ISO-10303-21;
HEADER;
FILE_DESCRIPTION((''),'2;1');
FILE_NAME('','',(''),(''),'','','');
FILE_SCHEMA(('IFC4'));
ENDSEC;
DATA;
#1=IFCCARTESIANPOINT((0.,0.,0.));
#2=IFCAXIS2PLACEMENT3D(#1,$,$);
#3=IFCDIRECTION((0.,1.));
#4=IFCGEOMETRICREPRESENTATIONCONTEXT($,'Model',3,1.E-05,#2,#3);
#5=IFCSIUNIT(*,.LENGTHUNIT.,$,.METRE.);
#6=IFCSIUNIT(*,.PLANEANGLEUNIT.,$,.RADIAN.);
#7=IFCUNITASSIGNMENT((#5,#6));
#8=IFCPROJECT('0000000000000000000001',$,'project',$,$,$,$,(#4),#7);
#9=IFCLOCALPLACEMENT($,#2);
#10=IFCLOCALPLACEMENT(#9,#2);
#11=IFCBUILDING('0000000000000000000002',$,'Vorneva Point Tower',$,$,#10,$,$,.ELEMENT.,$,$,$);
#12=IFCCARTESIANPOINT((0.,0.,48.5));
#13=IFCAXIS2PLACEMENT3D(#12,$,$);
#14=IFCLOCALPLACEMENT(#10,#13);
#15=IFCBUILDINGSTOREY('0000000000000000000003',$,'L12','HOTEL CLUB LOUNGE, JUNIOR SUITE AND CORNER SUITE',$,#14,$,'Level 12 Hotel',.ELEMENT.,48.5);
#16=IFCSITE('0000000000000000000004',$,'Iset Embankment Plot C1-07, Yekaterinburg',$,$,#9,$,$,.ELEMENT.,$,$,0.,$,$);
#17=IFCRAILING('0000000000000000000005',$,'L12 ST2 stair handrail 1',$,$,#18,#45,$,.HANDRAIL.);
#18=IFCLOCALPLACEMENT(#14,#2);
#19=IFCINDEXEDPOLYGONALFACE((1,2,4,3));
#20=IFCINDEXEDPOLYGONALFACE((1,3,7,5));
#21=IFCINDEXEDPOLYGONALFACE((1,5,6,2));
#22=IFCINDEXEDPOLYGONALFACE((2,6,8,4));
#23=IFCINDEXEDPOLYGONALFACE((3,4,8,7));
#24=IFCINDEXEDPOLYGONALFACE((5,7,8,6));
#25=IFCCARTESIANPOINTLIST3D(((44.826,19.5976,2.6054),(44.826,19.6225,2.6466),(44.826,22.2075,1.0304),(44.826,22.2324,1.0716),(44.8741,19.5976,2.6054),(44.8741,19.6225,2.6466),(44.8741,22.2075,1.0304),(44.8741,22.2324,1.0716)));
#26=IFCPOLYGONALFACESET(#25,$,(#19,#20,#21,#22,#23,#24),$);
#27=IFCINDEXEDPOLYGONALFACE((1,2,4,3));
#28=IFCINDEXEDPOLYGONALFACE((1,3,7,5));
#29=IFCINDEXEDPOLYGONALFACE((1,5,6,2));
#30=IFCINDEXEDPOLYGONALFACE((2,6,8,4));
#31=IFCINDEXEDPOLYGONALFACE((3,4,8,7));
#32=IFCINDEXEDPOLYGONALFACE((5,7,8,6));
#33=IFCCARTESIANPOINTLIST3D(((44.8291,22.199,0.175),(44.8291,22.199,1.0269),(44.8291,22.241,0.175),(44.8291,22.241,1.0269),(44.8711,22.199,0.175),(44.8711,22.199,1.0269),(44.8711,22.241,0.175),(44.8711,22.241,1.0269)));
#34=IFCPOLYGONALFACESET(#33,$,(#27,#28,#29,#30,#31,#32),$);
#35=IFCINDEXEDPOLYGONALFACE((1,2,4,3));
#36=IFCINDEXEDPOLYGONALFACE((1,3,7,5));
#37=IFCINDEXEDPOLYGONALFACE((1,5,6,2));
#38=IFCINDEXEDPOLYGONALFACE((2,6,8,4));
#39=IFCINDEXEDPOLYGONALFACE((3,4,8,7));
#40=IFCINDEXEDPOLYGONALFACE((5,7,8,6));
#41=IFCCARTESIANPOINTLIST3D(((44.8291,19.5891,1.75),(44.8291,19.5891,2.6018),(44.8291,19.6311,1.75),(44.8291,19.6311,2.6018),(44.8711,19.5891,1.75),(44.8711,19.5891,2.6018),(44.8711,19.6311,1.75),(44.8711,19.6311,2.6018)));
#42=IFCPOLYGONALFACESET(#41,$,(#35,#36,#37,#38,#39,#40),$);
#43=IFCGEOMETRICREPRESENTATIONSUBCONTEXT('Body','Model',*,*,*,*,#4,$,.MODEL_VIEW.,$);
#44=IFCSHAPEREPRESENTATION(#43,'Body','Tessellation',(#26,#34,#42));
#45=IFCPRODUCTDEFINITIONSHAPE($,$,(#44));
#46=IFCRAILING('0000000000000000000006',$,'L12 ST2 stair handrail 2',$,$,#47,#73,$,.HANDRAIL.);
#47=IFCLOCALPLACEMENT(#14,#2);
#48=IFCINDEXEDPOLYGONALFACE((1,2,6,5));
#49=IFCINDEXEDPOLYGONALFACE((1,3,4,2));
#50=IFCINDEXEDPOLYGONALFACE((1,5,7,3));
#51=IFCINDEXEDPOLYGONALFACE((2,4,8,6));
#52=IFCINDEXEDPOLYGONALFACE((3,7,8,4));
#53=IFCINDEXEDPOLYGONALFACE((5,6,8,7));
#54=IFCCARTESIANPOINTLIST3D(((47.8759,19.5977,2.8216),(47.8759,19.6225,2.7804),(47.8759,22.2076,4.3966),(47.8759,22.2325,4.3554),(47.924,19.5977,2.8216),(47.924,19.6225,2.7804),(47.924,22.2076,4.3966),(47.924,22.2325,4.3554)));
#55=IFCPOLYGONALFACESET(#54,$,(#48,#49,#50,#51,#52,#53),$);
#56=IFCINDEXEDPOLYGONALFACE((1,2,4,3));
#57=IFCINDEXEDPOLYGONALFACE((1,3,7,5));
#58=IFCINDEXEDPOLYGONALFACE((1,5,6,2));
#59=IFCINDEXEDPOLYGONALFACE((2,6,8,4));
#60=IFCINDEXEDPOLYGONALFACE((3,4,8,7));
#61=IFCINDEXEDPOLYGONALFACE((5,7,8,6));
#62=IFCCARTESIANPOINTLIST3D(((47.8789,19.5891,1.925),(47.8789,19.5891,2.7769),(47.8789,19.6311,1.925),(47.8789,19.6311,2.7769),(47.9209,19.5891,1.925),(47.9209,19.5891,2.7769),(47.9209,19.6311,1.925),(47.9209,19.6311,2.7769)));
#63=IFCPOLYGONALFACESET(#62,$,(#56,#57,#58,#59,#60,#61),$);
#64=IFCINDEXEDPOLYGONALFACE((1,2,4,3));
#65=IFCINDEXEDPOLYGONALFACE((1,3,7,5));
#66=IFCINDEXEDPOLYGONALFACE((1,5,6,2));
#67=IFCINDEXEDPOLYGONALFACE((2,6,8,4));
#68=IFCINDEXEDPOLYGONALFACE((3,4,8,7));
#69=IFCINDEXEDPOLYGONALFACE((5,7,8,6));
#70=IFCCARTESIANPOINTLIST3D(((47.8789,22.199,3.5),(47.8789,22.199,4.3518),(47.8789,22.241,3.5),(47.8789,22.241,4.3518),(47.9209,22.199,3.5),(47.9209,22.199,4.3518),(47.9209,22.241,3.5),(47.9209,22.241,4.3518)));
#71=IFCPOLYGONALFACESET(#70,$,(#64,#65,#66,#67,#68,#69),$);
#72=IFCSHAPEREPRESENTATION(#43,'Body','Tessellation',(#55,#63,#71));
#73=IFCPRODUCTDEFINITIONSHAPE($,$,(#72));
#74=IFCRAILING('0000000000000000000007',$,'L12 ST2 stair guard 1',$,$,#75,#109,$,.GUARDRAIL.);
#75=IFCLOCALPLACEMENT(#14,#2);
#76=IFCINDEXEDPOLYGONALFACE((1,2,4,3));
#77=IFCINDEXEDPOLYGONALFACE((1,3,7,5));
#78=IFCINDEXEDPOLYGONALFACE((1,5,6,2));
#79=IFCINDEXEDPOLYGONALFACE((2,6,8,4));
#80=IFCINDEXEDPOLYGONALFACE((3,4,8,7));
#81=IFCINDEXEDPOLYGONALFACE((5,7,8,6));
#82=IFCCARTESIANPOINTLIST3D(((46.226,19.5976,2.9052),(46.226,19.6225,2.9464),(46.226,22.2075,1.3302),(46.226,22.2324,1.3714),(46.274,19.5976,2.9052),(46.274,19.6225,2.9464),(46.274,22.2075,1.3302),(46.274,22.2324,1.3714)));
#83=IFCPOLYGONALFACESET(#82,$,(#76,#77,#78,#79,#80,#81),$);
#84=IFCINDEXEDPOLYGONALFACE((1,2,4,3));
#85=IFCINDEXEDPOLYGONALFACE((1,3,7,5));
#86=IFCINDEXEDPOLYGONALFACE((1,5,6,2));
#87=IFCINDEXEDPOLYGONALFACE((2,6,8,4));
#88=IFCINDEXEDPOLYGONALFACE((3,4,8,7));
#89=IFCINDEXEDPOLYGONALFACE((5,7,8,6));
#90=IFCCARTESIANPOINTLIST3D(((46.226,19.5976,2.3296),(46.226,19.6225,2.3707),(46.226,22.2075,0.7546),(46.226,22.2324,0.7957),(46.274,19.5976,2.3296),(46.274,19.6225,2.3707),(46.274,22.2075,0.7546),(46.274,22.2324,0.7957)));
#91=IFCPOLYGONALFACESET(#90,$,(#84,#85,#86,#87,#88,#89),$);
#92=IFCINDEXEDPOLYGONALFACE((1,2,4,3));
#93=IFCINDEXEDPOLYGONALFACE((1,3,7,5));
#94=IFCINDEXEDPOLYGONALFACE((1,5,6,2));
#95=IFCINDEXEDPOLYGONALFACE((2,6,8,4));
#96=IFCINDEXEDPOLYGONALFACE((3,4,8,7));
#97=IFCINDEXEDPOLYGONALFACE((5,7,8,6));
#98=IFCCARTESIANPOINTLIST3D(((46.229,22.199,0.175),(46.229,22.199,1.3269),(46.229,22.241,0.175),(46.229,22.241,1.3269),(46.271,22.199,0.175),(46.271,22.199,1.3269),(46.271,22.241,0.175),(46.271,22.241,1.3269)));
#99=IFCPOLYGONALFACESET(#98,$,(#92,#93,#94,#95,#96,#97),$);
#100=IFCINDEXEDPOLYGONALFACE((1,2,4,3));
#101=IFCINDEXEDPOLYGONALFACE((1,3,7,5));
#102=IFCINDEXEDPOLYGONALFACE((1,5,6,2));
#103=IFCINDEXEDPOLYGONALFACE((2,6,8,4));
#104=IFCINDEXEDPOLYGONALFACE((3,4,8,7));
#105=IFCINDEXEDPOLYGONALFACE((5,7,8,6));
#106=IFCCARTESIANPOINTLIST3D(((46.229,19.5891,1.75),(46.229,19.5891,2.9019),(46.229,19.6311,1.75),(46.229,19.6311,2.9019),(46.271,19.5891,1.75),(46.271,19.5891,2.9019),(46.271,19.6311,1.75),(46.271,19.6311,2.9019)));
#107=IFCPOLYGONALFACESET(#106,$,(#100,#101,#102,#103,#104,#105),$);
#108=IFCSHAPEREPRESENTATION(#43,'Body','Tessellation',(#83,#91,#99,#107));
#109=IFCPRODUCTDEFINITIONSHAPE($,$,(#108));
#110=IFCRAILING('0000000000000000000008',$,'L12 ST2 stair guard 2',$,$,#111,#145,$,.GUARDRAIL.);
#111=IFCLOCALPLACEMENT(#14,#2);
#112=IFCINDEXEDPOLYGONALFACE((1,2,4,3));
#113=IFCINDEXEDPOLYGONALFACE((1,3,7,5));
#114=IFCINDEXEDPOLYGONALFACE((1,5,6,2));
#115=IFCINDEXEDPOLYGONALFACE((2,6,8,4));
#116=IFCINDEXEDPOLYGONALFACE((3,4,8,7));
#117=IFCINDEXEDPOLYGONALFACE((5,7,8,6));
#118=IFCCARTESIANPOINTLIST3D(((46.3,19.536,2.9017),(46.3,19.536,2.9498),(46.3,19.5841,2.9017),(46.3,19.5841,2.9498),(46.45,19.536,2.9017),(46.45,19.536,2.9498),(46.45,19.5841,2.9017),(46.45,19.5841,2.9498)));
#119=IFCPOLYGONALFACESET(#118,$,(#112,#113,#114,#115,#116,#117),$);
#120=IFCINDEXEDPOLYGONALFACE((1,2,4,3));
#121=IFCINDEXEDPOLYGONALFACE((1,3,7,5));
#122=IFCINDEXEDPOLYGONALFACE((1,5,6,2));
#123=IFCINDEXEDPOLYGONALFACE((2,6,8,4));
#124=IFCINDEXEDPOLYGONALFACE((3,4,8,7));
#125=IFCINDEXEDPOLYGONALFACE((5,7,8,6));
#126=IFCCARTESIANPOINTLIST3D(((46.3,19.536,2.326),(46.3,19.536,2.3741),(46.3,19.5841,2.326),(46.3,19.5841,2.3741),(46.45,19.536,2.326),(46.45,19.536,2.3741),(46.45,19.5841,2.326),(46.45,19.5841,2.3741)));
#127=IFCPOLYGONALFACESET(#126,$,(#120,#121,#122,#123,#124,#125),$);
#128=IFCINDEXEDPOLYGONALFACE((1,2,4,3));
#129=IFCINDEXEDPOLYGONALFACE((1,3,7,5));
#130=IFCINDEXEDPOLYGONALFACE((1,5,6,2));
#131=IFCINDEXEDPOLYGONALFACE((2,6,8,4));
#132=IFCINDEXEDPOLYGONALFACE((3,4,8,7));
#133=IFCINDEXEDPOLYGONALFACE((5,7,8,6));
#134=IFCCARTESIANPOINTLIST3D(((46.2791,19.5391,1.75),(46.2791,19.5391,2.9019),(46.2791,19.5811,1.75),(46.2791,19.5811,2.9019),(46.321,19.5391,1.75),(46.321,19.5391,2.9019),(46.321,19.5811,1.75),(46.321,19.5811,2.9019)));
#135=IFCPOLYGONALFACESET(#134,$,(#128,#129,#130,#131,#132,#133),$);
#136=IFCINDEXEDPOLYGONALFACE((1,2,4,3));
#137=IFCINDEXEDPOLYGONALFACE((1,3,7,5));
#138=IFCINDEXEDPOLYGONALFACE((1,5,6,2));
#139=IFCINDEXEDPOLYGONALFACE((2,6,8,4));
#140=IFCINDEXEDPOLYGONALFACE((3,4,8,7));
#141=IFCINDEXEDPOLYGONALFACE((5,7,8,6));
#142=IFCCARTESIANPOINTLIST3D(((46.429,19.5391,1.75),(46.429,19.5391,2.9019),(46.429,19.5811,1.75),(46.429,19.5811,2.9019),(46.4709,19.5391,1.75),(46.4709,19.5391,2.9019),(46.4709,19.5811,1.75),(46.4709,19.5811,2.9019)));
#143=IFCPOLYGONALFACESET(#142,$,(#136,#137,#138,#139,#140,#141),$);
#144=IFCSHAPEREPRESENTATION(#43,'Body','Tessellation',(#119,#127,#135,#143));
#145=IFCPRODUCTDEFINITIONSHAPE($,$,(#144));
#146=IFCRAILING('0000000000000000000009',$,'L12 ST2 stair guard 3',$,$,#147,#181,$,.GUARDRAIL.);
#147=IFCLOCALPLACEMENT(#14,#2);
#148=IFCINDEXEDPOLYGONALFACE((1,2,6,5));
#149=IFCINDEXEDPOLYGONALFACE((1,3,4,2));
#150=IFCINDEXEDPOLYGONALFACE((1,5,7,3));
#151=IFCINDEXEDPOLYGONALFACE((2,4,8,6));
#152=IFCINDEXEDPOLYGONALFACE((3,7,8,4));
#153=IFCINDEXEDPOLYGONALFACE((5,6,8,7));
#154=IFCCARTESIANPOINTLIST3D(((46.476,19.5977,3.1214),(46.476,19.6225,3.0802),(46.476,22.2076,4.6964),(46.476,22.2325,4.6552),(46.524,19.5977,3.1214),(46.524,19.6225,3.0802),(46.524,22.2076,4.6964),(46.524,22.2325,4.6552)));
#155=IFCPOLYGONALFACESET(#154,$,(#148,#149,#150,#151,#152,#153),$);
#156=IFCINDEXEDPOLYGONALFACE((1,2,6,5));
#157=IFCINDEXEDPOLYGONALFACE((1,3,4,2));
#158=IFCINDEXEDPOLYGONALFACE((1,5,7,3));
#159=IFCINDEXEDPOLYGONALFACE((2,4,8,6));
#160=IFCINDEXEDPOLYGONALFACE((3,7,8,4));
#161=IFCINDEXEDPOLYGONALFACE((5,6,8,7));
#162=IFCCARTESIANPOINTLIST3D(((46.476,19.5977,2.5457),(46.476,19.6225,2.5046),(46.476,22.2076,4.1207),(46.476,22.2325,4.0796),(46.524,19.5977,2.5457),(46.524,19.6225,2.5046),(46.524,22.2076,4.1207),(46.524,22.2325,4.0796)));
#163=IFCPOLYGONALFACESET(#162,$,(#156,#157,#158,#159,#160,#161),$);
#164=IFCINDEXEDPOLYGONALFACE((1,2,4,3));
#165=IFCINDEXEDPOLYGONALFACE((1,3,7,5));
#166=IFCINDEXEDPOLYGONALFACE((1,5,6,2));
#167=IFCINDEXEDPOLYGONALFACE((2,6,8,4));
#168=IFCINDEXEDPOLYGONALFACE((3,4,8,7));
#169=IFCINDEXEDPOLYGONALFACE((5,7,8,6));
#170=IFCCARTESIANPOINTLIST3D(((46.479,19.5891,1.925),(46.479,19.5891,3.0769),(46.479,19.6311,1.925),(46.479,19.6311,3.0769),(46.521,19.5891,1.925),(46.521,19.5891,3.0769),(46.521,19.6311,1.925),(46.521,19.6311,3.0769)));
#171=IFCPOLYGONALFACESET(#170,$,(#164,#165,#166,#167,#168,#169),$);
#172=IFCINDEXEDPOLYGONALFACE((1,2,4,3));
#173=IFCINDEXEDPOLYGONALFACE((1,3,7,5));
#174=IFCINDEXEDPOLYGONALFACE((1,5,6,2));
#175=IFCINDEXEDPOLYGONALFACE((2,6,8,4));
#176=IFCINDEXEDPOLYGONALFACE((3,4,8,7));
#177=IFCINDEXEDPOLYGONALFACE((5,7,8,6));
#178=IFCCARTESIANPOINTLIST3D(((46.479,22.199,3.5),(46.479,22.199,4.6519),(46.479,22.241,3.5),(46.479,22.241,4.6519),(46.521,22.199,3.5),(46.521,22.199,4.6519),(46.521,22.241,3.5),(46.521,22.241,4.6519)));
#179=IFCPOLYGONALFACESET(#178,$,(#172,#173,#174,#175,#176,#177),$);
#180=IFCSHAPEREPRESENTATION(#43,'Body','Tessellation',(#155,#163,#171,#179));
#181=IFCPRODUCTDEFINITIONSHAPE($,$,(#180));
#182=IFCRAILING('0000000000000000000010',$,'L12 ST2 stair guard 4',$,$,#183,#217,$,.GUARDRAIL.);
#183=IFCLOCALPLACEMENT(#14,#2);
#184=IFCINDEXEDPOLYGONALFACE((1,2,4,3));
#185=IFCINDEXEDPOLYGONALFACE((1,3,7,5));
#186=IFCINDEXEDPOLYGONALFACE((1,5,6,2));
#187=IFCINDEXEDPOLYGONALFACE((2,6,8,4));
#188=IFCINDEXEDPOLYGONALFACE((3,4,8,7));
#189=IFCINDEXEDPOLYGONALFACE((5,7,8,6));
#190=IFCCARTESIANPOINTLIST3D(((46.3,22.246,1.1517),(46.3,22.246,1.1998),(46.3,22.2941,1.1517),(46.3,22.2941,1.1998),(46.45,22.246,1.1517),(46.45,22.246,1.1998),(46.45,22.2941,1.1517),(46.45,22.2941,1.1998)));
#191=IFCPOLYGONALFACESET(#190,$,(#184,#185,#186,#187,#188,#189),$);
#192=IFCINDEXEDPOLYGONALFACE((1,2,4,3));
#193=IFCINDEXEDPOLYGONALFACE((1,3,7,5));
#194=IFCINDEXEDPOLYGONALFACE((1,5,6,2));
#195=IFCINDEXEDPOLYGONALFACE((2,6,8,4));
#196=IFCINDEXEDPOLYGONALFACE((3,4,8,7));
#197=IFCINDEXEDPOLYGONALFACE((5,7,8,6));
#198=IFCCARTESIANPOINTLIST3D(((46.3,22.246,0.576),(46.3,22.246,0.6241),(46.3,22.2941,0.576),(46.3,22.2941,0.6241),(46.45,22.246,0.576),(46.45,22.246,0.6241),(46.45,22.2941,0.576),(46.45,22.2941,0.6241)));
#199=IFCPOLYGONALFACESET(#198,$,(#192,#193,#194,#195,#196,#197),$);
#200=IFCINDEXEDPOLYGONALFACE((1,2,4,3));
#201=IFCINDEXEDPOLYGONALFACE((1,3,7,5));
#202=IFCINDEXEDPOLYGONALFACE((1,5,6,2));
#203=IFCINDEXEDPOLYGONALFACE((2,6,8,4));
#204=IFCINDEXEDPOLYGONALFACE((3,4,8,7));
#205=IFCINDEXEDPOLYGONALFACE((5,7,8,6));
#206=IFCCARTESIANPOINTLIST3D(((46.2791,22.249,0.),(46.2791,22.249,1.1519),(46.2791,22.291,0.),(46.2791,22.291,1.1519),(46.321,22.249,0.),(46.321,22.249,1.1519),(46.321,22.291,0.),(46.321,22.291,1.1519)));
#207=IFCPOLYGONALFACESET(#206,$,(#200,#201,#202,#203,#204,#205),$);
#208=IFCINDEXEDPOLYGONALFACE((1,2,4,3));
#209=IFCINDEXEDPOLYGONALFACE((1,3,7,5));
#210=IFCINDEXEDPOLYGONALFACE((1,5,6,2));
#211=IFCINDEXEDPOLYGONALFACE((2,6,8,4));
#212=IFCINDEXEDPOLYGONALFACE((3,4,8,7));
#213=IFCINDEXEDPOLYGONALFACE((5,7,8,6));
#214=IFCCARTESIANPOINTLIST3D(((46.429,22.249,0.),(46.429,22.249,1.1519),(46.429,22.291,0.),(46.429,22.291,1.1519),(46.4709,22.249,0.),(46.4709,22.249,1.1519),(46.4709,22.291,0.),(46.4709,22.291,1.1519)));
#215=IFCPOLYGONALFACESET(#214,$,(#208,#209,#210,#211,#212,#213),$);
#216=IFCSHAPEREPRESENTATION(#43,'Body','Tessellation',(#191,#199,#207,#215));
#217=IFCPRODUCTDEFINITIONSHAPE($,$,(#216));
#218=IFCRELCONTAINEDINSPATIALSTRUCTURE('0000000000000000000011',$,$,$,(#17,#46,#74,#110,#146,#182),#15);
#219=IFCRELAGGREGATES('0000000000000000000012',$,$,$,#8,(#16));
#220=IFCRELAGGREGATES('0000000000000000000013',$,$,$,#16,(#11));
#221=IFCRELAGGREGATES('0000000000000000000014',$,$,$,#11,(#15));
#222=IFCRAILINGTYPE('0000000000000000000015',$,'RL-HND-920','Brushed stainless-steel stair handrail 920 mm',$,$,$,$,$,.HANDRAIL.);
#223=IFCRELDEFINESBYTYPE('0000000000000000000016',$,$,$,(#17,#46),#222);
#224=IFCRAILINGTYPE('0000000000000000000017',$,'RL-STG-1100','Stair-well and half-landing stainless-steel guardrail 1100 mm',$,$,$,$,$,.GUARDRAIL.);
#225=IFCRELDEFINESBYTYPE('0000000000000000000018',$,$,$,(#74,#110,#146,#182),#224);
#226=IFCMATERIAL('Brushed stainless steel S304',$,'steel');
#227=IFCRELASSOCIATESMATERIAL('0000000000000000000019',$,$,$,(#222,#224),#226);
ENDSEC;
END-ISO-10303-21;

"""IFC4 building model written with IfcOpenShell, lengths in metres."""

from ifc_helpers import new_model, si_unit, direction, frame, origin, origin_2d, place, context, subcontext, project, spatial, rectangle, extrude, material, type_object, element, save


model = new_model("IFC4")

# Units and contexts
model_context = context("Model", 3, precision=1e-05, world=origin(), true_north=direction((0.0, 1.0)))
body_context = subcontext(model_context, "Body", "Model", "MODEL_VIEW")
ifc_project = project(units=[si_unit("LENGTHUNIT", "METRE"), si_unit("PLANEANGLEUNIT", "RADIAN")], contexts=[model_context])

# Site, building, storey
site_placement = place(None, origin())
site = spatial("IfcSite", under=ifc_project, at=site_placement, Name="Iset Embankment Plot C1-07, Yekaterinburg", CompositionType="ELEMENT", RefElevation=0.0)
building_placement = place(site_placement, origin())
building = spatial("IfcBuilding", under=site, at=building_placement, Name="Vorneva Point Tower", CompositionType="ELEMENT")
storey_placement = place(building_placement, frame((0.0, 0.0, 48.5)))
storey = spatial("IfcBuildingStorey", under=building, at=storey_placement, Name="L12", Description="HOTEL CLUB LOUNGE, JUNIOR SUITE AND CORNER SUITE", LongName="Level 12 Hotel", CompositionType="ELEMENT", Elevation=48.5)

# Railings
ifc_material_1 = material(Name="Brushed stainless steel S304", Category="steel")
railing_type_1 = type_object("IfcRailingType", Name="RL-HND-920", Description="Brushed stainless-steel stair handrail 920 mm", PredefinedType="HANDRAIL", material=ifc_material_1)
railing_1_placement = place(storey_placement, frame((44.8501, 22.22, 0.175)))
element("IfcRailing", 1, at=railing_1_placement, inside=storey, type_object=railing_type_1, Name="L12 ST2 stair handrail 1", PredefinedType="HANDRAIL", context=body_context, shape_type="SweptSolid", body=[
    extrude(rectangle(XDim=0.0481, YDim=0.0481, at=origin_2d()), frame((0.0, 0.0, 0.876), z_axis=(0.0, -0.856183, 0.516673), x_axis=(1.0, 0.0, 0.0)), (0.0, 0.0, 1.0), 3.0483),
    extrude(rectangle(XDim=0.042, YDim=0.042, at=origin_2d()), origin(), (0.0, 0.0, 1.0), 0.8518),
    extrude(rectangle(XDim=0.042, YDim=0.042, at=origin_2d()), frame((0.0, -2.6099, 1.575)), (0.0, 0.0, 1.0), 0.8518),
])
railing_2_placement = place(storey_placement, frame((47.8999, 19.6101, 1.925)))
element("IfcRailing", 2, at=railing_2_placement, inside=storey, type_object=railing_type_1, Name="L12 ST2 stair handrail 2", PredefinedType="HANDRAIL", context=body_context, shape_type="SweptSolid", body=[
    extrude(rectangle(XDim=0.0481, YDim=0.0481, at=origin_2d()), frame((0.0, 0.0, 0.876), z_axis=(0.0, 0.856183, 0.516673), x_axis=(-1.0, 0.0, 0.0)), (0.0, 0.0, 1.0), 3.0483),
    extrude(rectangle(XDim=0.042, YDim=0.042, at=origin_2d()), origin(), (0.0, 0.0, 1.0), 0.8518),
    extrude(rectangle(XDim=0.042, YDim=0.042, at=origin_2d()), frame((0.0, 2.6099, 1.575)), (0.0, 0.0, 1.0), 0.8518),
])
railing_type_2 = type_object("IfcRailingType", Name="RL-STG-1100", Description="Stair-well and half-landing stainless-steel guardrail 1100 mm", PredefinedType="GUARDRAIL", material=ifc_material_1)
railing_3_placement = place(storey_placement, frame((46.25, 22.22, 0.175)))
element("IfcRailing", 3, at=railing_3_placement, inside=storey, type_object=railing_type_2, Name="L12 ST2 stair guard 1", PredefinedType="GUARDRAIL", context=body_context, shape_type="SweptSolid", body=[
    extrude(rectangle(XDim=0.0481, YDim=0.0481, at=origin_2d()), frame((0.0, 0.0, 1.1758), z_axis=(0.0, -0.856183, 0.516673), x_axis=(1.0, 0.0, 0.0)), (0.0, 0.0, 1.0), 3.0483),
    extrude(rectangle(XDim=0.0481, YDim=0.0481, at=origin_2d()), frame((0.0, 0.0, 0.6001), z_axis=(0.0, -0.856183, 0.516673), x_axis=(1.0, 0.0, 0.0)), (0.0, 0.0, 1.0), 3.0483),
    extrude(rectangle(XDim=0.042, YDim=0.042, at=origin_2d()), origin(), (0.0, 0.0, 1.0), 1.1519),
    extrude(rectangle(XDim=0.042, YDim=0.042, at=origin_2d()), frame((0.0, -2.6099, 1.575)), (0.0, 0.0, 1.0), 1.1519),
])
railing_4_placement = place(storey_placement, frame((46.3, 19.5601, 1.75)))
element("IfcRailing", 4, at=railing_4_placement, inside=storey, type_object=railing_type_2, Name="L12 ST2 stair guard 2", PredefinedType="GUARDRAIL", context=body_context, shape_type="SweptSolid", body=[
    extrude(rectangle(XDim=0.0481, YDim=0.0481, at=origin_2d()), frame((0.0, 0.0, 1.1758), z_axis=(1.0, 0.0, 0.0), x_axis=(0.0, 1.0, 0.0)), (0.0, 0.0, 1.0), 0.1499),
    extrude(rectangle(XDim=0.0481, YDim=0.0481, at=origin_2d()), frame((0.0, 0.0, 0.6001), z_axis=(1.0, 0.0, 0.0), x_axis=(0.0, 1.0, 0.0)), (0.0, 0.0, 1.0), 0.1499),
    extrude(rectangle(XDim=0.042, YDim=0.042, at=origin_2d()), origin(), (0.0, 0.0, 1.0), 1.1519),
    extrude(rectangle(XDim=0.042, YDim=0.042, at=origin_2d()), frame((0.1499, 0.0, 0.0)), (0.0, 0.0, 1.0), 1.1519),
])
railing_5_placement = place(storey_placement, frame((46.5, 19.6101, 1.925)))
element("IfcRailing", 5, at=railing_5_placement, inside=storey, type_object=railing_type_2, Name="L12 ST2 stair guard 3", PredefinedType="GUARDRAIL", context=body_context, shape_type="SweptSolid", body=[
    extrude(rectangle(XDim=0.0481, YDim=0.0481, at=origin_2d()), frame((0.0, 0.0, 1.1758), z_axis=(0.0, 0.856183, 0.516673), x_axis=(-1.0, 0.0, 0.0)), (0.0, 0.0, 1.0), 3.0483),
    extrude(rectangle(XDim=0.0481, YDim=0.0481, at=origin_2d()), frame((0.0, 0.0, 0.6001), z_axis=(0.0, 0.856183, 0.516673), x_axis=(-1.0, 0.0, 0.0)), (0.0, 0.0, 1.0), 3.0483),
    extrude(rectangle(XDim=0.042, YDim=0.042, at=origin_2d()), origin(), (0.0, 0.0, 1.0), 1.1519),
    extrude(rectangle(XDim=0.042, YDim=0.042, at=origin_2d()), frame((0.0, 2.6099, 1.575)), (0.0, 0.0, 1.0), 1.1519),
])
railing_6_placement = place(storey_placement, frame((46.3, 22.27, 0.0)))
element("IfcRailing", 6, at=railing_6_placement, inside=storey, type_object=railing_type_2, Name="L12 ST2 stair guard 4", PredefinedType="GUARDRAIL", context=body_context, shape_type="SweptSolid", body=[
    extrude(rectangle(XDim=0.0481, YDim=0.0481, at=origin_2d()), frame((0.0, 0.0, 1.1758), z_axis=(1.0, 0.0, 0.0), x_axis=(0.0, 1.0, 0.0)), (0.0, 0.0, 1.0), 0.1499),
    extrude(rectangle(XDim=0.0481, YDim=0.0481, at=origin_2d()), frame((0.0, 0.0, 0.6001), z_axis=(1.0, 0.0, 0.0), x_axis=(0.0, 1.0, 0.0)), (0.0, 0.0, 1.0), 0.1499),
    extrude(rectangle(XDim=0.042, YDim=0.042, at=origin_2d()), origin(), (0.0, 0.0, 1.0), 1.1519),
    extrude(rectangle(XDim=0.042, YDim=0.042, at=origin_2d()), frame((0.1499, 0.0, 0.0)), (0.0, 0.0, 1.0), 1.1519),
])

save(model, "model.ifc")
